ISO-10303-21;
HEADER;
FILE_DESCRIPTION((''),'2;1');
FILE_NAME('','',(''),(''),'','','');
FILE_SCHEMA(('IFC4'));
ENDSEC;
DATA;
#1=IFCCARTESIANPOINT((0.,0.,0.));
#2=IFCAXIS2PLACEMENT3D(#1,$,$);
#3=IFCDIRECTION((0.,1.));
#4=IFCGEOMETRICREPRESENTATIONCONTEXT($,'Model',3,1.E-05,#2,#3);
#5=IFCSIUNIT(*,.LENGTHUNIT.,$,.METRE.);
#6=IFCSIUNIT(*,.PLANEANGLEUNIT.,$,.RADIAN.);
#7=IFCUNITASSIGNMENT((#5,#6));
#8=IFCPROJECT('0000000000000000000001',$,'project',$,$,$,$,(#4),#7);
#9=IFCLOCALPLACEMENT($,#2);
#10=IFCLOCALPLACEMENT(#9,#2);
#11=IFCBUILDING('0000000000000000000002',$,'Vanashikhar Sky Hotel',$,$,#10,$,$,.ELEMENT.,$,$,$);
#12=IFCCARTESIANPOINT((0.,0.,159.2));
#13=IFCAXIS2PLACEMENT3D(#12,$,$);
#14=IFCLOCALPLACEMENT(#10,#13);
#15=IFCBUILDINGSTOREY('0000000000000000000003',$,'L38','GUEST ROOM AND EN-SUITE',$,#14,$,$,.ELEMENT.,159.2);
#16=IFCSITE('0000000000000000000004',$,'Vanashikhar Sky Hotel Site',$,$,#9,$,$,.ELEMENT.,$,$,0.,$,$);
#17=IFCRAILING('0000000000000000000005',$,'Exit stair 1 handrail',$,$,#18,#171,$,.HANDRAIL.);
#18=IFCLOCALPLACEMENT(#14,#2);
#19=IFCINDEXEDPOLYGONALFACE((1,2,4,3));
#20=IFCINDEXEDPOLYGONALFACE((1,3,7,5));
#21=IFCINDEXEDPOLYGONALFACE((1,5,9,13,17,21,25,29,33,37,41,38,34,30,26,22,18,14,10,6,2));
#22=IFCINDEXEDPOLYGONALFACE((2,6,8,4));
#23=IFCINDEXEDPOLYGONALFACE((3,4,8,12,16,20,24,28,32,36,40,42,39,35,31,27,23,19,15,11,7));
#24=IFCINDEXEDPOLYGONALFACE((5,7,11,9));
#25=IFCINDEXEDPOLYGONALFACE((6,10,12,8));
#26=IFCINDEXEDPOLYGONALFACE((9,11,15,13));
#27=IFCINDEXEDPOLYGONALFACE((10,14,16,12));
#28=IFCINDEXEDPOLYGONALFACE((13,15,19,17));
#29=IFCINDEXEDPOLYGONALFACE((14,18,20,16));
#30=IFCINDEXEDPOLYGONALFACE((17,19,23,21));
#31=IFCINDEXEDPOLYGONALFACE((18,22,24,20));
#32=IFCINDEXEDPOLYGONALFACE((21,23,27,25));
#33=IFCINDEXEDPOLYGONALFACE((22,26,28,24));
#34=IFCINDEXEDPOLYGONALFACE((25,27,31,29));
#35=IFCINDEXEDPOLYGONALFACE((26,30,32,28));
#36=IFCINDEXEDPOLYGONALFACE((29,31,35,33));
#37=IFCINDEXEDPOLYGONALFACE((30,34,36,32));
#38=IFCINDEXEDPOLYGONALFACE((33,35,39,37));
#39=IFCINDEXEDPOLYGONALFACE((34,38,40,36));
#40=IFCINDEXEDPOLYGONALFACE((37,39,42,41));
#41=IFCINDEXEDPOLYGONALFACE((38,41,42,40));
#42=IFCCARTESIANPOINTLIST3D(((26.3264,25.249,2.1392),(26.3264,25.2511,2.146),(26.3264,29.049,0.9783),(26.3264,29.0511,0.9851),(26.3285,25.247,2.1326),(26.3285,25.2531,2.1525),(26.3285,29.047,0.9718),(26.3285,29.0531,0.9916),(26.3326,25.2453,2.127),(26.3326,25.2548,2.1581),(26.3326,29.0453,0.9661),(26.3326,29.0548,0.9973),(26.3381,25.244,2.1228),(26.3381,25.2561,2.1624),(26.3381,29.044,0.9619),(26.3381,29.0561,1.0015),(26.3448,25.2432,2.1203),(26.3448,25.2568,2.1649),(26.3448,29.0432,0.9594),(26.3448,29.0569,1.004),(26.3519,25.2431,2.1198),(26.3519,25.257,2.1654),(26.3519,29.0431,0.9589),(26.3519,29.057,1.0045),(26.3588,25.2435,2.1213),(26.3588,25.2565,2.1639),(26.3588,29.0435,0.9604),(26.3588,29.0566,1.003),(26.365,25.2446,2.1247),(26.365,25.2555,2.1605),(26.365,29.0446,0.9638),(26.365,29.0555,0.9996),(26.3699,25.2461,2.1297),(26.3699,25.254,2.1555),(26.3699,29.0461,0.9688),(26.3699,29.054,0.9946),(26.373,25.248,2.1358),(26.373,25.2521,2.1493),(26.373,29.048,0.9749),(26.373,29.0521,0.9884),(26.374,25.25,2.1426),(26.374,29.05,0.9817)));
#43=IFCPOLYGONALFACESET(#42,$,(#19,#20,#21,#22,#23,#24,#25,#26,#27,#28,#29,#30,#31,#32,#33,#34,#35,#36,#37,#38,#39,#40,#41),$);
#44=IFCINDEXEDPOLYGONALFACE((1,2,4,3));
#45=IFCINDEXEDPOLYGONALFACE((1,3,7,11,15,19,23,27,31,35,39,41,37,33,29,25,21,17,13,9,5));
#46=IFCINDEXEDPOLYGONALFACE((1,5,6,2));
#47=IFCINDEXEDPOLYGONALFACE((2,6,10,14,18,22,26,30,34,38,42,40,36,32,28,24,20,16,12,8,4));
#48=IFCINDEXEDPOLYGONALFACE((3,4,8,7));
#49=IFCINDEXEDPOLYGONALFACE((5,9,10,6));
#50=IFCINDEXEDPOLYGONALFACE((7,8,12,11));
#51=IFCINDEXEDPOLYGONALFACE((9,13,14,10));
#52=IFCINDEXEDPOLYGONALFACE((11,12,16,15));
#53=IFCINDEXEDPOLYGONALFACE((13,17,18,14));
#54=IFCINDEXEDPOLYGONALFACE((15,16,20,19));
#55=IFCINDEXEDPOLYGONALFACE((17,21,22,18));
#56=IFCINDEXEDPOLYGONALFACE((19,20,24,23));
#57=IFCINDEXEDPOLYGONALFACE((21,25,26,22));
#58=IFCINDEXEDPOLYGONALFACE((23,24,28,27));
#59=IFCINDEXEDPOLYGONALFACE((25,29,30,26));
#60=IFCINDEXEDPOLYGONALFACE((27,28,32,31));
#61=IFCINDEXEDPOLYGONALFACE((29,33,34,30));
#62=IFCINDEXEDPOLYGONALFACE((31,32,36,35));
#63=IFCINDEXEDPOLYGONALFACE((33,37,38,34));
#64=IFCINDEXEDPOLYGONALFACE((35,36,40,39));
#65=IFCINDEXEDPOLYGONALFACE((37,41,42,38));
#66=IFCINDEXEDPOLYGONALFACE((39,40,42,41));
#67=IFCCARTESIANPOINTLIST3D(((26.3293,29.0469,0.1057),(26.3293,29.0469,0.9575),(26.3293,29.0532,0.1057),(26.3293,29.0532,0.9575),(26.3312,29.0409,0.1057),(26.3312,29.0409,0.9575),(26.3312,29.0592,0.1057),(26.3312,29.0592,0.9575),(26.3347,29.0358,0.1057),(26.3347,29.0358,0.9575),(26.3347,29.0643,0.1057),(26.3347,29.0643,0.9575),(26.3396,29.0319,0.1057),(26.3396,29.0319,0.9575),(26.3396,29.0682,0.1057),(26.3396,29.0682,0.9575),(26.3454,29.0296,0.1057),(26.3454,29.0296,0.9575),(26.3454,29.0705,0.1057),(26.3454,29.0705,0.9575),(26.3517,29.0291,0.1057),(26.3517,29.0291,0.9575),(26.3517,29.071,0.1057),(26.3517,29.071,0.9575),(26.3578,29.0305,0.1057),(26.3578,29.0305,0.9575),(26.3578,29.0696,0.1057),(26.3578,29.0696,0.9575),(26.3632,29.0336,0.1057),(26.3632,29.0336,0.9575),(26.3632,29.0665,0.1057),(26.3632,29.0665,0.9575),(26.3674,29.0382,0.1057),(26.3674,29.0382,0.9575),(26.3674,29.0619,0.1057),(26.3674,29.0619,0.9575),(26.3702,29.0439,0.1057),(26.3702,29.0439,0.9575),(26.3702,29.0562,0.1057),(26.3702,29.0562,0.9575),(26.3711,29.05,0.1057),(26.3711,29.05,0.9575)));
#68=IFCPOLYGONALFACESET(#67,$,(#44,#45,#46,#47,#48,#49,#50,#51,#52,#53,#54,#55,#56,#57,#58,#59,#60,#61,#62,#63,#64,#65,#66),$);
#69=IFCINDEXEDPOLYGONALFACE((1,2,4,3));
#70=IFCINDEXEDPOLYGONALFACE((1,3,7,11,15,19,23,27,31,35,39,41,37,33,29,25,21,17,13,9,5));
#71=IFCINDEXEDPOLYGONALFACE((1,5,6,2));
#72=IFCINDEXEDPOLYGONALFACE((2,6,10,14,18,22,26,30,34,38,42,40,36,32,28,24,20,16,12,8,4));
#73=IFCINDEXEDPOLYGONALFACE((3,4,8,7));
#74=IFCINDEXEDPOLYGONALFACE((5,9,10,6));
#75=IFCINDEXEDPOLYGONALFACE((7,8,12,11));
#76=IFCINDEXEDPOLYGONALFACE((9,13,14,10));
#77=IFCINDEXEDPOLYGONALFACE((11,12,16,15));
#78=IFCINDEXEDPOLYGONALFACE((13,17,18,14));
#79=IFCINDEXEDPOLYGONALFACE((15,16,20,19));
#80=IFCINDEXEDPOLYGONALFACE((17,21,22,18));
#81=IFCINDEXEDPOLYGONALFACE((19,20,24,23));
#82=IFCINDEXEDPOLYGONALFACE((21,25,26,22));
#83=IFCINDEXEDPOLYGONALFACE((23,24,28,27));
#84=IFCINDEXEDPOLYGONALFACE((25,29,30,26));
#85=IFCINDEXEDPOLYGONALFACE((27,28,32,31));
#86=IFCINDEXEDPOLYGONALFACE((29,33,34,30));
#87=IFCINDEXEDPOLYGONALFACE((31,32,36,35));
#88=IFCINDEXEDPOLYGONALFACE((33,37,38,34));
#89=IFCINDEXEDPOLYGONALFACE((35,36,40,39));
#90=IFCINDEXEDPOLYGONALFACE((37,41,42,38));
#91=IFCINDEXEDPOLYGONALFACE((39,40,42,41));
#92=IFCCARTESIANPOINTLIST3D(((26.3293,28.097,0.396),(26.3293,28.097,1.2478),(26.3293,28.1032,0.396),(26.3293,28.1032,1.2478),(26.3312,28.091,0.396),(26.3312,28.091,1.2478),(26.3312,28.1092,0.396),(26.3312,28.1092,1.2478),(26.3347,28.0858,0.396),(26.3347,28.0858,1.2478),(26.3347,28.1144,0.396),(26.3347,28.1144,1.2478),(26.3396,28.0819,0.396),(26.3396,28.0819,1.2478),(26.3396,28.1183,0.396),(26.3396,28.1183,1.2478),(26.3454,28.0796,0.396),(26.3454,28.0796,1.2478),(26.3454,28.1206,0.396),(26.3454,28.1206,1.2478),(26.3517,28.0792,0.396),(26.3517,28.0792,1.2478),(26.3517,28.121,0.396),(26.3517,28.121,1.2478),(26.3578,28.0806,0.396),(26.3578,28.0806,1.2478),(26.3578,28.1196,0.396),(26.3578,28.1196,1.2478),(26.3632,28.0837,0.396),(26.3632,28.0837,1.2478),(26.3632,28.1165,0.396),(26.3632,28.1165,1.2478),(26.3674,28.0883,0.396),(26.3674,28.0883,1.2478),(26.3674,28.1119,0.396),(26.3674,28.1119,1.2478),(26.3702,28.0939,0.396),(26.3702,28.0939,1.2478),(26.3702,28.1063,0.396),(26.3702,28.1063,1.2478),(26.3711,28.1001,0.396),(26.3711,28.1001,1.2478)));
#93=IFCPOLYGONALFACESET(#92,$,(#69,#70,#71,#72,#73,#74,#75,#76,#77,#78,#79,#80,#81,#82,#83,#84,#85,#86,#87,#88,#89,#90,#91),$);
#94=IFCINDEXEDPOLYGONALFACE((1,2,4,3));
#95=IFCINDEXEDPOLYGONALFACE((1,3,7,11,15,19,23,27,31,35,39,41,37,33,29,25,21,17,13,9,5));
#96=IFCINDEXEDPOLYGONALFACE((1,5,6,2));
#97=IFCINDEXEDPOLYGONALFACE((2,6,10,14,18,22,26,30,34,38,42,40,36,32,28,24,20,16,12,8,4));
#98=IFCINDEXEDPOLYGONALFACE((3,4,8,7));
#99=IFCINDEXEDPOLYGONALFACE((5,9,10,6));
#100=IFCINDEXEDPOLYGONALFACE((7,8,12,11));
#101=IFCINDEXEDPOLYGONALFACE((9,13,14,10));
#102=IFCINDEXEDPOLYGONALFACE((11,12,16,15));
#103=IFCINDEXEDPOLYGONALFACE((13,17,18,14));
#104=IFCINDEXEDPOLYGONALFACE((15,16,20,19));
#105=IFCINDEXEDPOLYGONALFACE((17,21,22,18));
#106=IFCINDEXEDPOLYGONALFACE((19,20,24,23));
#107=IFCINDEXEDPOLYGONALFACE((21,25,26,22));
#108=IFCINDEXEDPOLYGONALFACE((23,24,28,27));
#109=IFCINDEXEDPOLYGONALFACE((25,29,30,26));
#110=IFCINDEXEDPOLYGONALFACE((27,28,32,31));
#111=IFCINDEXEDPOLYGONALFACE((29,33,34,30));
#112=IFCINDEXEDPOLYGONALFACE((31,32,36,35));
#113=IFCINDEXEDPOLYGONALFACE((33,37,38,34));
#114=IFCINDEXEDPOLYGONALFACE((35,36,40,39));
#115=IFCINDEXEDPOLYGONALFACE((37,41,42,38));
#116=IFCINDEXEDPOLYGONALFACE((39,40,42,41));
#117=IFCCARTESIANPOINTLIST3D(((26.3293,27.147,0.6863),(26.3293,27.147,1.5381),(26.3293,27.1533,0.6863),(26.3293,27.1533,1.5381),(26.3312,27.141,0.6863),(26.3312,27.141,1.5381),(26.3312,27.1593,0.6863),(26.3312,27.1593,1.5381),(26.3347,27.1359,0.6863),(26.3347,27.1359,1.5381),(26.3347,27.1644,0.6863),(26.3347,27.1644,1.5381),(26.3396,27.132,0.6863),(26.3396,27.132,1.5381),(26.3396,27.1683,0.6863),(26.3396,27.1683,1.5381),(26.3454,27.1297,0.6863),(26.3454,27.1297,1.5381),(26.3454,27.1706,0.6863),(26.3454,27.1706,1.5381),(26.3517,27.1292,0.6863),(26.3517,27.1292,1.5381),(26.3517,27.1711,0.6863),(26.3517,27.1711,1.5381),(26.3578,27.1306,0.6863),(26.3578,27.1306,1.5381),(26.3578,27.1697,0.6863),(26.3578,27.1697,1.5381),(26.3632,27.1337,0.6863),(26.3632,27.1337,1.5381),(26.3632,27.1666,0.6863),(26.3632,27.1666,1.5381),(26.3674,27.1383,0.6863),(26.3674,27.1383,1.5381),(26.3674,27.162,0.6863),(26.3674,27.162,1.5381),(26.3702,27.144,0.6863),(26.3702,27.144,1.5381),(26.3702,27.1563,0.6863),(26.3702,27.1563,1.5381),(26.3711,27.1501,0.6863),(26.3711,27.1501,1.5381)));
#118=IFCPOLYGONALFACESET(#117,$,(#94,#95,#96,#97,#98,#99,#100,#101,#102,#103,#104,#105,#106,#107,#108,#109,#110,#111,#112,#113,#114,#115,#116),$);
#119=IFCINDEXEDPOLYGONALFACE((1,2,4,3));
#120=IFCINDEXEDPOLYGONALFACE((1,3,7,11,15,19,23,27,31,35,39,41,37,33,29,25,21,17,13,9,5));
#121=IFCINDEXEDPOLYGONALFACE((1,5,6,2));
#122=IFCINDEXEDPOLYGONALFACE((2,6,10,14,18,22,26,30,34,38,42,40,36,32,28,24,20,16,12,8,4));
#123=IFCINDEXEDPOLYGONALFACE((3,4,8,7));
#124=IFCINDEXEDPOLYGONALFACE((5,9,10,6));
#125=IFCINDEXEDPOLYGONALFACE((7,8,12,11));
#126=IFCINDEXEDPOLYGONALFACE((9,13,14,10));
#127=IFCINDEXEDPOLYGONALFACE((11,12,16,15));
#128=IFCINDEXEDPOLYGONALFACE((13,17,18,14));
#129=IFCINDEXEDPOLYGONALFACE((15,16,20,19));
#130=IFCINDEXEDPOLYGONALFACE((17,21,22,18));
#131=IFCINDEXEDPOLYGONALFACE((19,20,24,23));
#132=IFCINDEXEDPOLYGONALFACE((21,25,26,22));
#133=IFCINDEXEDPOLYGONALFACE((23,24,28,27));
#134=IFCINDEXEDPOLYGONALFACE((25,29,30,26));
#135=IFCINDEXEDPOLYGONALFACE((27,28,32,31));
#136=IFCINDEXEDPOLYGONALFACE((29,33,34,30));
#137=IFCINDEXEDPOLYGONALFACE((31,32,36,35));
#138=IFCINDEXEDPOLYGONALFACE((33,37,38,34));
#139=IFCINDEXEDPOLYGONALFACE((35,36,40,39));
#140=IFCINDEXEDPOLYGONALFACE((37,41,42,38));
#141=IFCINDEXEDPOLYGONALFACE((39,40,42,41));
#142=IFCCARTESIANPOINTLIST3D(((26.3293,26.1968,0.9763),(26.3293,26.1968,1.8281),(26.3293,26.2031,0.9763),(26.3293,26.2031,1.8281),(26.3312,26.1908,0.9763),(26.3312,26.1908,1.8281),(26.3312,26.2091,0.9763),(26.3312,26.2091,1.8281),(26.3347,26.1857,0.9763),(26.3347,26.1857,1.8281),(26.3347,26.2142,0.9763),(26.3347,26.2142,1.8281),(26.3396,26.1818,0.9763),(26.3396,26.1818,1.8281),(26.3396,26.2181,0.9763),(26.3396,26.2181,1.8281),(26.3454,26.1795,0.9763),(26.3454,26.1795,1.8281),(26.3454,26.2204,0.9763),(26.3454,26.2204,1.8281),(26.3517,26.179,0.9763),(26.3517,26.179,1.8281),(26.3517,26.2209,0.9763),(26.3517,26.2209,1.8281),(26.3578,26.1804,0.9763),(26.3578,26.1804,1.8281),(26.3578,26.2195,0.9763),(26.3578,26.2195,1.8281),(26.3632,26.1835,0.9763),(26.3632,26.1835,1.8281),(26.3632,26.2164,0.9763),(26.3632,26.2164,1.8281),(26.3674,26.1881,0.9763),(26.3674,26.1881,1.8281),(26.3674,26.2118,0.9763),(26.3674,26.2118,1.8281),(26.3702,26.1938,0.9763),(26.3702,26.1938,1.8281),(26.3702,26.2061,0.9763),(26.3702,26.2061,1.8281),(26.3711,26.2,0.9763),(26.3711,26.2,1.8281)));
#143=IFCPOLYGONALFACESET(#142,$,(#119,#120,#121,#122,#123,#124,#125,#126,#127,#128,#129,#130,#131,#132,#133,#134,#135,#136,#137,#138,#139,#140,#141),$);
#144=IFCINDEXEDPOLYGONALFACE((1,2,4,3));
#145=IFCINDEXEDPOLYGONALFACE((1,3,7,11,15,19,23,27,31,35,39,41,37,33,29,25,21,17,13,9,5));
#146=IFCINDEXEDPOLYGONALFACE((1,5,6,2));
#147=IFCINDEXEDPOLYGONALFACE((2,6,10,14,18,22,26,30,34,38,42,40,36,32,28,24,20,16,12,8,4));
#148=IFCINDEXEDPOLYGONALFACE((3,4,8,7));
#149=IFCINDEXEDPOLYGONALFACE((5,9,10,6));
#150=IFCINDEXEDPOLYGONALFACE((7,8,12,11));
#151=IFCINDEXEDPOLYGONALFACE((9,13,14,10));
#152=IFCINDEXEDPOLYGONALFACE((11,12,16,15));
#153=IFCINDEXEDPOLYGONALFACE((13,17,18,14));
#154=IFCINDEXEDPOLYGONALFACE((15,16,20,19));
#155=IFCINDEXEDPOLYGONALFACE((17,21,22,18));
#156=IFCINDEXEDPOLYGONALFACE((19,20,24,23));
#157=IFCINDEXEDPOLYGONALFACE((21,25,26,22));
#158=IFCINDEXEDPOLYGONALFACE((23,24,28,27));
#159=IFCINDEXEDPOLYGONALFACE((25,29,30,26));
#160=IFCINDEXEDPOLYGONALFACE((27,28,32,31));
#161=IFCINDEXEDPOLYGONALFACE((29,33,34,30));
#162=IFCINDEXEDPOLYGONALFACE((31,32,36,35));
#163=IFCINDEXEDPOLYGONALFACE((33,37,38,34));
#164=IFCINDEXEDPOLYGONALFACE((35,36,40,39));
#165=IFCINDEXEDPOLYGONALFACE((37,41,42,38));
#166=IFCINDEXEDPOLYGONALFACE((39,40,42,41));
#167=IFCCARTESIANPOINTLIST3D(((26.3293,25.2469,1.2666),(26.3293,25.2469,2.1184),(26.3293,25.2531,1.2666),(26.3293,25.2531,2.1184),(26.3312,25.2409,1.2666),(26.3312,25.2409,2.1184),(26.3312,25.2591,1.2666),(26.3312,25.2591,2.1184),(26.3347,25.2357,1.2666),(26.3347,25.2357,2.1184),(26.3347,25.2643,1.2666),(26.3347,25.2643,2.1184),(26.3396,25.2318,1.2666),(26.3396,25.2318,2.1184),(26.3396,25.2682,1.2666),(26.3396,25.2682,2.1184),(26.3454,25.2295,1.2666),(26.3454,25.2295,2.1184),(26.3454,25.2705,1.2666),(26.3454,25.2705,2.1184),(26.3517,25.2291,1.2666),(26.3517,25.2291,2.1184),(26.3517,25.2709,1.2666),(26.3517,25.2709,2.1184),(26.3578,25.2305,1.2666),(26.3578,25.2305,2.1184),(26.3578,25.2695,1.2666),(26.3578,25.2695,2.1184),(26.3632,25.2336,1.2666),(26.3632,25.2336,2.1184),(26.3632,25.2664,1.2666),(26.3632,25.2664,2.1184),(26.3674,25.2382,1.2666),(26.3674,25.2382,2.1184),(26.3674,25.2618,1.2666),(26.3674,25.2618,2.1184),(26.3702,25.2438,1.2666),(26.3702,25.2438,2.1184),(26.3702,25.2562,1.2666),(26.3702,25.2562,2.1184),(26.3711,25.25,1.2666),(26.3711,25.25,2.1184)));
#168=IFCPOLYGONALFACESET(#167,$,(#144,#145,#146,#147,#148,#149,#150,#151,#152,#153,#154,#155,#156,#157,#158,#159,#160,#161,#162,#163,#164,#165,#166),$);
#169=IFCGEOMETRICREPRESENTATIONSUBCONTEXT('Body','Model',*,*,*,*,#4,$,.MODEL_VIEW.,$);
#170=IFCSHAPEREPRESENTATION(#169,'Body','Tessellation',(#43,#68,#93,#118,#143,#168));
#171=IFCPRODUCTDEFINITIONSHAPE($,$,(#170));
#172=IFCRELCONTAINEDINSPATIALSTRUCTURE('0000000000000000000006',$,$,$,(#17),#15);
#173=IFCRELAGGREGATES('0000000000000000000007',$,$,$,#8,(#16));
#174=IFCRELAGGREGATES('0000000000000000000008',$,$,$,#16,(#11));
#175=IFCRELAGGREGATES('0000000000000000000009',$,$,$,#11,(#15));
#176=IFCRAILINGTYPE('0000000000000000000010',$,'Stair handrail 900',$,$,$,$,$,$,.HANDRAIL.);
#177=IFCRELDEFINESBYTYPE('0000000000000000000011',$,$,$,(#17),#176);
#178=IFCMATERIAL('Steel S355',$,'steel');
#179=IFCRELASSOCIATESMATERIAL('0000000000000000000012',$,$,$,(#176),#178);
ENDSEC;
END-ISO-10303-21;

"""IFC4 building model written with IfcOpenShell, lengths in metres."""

from ifc_helpers import new_model, si_unit, direction, frame, origin, origin_2d, place, context, subcontext, project, spatial, circle, extrude, source, transform, mapped, material, type_object, element, save


model = new_model("IFC4")

# Units and contexts
model_context = context("Model", 3, precision=1e-05, world=origin(), true_north=direction((0.0, 1.0)))
body_context = subcontext(model_context, "Body", "Model", "MODEL_VIEW")
ifc_project = project(units=[si_unit("LENGTHUNIT", "METRE"), si_unit("PLANEANGLEUNIT", "RADIAN")], contexts=[model_context])

# Site, building, storey
site_placement = place(None, origin())
site = spatial("IfcSite", under=ifc_project, at=site_placement, Name="Vanashikhar Sky Hotel Site", CompositionType="ELEMENT", RefElevation=0.0)
building_placement = place(site_placement, origin())
building = spatial("IfcBuilding", under=site, at=building_placement, Name="Vanashikhar Sky Hotel", CompositionType="ELEMENT")
storey_placement = place(building_placement, frame((0.0, 0.0, 159.2)))
storey = spatial("IfcBuildingStorey", under=building, at=storey_placement, Name="L38", Description="GUEST ROOM AND EN-SUITE", CompositionType="ELEMENT", Elevation=159.2)

# Railing
ifc_material_1 = material(Name="Steel S355", Category="steel")
railing_type_1 = type_object("IfcRailingType", Name="Stair handrail 900", PredefinedType="HANDRAIL", material=ifc_material_1)
shared_shape_1 = source(origin(), body_context, "Body", "SweptSolid", [
    extrude(circle(Radius=0.0239, at=origin_2d()), frame((0.0, 0.0, 0.876), z_axis=(0.0, -0.956368, 0.292164), x_axis=(1.0, 0.0, 0.0)), (0.0, 0.0, 1.0), 3.9734),
    extrude(circle(Radius=0.021, at=origin_2d()), origin(), (0.0, 0.0, 1.0), 0.8518),
    extrude(circle(Radius=0.021, at=origin_2d()), frame((0.0, -0.95, 0.2903)), (0.0, 0.0, 1.0), 0.8518),
    extrude(circle(Radius=0.021, at=origin_2d()), frame((0.0, -1.8999, 0.5806)), (0.0, 0.0, 1.0), 0.8518),
    extrude(circle(Radius=0.021, at=origin_2d()), frame((0.0, -2.8501, 0.8706)), (0.0, 0.0, 1.0), 0.8518),
    extrude(circle(Radius=0.021, at=origin_2d()), frame((0.0, -3.8, 1.1609)), (0.0, 0.0, 1.0), 0.8518),
])
railing_1_placement = place(storey_placement, frame((26.3501, 29.05, 0.1057)))
element("IfcRailing", 1, at=railing_1_placement, inside=storey, type_object=railing_type_1, Name="Exit stair 1 handrail", PredefinedType="HANDRAIL", context=body_context, shape_type="MappedRepresentation", body=[
    mapped(shared_shape_1, transform((0.0, 0.0, 0.0), scale=1.0)),
])

save(model, "model.ifc")
